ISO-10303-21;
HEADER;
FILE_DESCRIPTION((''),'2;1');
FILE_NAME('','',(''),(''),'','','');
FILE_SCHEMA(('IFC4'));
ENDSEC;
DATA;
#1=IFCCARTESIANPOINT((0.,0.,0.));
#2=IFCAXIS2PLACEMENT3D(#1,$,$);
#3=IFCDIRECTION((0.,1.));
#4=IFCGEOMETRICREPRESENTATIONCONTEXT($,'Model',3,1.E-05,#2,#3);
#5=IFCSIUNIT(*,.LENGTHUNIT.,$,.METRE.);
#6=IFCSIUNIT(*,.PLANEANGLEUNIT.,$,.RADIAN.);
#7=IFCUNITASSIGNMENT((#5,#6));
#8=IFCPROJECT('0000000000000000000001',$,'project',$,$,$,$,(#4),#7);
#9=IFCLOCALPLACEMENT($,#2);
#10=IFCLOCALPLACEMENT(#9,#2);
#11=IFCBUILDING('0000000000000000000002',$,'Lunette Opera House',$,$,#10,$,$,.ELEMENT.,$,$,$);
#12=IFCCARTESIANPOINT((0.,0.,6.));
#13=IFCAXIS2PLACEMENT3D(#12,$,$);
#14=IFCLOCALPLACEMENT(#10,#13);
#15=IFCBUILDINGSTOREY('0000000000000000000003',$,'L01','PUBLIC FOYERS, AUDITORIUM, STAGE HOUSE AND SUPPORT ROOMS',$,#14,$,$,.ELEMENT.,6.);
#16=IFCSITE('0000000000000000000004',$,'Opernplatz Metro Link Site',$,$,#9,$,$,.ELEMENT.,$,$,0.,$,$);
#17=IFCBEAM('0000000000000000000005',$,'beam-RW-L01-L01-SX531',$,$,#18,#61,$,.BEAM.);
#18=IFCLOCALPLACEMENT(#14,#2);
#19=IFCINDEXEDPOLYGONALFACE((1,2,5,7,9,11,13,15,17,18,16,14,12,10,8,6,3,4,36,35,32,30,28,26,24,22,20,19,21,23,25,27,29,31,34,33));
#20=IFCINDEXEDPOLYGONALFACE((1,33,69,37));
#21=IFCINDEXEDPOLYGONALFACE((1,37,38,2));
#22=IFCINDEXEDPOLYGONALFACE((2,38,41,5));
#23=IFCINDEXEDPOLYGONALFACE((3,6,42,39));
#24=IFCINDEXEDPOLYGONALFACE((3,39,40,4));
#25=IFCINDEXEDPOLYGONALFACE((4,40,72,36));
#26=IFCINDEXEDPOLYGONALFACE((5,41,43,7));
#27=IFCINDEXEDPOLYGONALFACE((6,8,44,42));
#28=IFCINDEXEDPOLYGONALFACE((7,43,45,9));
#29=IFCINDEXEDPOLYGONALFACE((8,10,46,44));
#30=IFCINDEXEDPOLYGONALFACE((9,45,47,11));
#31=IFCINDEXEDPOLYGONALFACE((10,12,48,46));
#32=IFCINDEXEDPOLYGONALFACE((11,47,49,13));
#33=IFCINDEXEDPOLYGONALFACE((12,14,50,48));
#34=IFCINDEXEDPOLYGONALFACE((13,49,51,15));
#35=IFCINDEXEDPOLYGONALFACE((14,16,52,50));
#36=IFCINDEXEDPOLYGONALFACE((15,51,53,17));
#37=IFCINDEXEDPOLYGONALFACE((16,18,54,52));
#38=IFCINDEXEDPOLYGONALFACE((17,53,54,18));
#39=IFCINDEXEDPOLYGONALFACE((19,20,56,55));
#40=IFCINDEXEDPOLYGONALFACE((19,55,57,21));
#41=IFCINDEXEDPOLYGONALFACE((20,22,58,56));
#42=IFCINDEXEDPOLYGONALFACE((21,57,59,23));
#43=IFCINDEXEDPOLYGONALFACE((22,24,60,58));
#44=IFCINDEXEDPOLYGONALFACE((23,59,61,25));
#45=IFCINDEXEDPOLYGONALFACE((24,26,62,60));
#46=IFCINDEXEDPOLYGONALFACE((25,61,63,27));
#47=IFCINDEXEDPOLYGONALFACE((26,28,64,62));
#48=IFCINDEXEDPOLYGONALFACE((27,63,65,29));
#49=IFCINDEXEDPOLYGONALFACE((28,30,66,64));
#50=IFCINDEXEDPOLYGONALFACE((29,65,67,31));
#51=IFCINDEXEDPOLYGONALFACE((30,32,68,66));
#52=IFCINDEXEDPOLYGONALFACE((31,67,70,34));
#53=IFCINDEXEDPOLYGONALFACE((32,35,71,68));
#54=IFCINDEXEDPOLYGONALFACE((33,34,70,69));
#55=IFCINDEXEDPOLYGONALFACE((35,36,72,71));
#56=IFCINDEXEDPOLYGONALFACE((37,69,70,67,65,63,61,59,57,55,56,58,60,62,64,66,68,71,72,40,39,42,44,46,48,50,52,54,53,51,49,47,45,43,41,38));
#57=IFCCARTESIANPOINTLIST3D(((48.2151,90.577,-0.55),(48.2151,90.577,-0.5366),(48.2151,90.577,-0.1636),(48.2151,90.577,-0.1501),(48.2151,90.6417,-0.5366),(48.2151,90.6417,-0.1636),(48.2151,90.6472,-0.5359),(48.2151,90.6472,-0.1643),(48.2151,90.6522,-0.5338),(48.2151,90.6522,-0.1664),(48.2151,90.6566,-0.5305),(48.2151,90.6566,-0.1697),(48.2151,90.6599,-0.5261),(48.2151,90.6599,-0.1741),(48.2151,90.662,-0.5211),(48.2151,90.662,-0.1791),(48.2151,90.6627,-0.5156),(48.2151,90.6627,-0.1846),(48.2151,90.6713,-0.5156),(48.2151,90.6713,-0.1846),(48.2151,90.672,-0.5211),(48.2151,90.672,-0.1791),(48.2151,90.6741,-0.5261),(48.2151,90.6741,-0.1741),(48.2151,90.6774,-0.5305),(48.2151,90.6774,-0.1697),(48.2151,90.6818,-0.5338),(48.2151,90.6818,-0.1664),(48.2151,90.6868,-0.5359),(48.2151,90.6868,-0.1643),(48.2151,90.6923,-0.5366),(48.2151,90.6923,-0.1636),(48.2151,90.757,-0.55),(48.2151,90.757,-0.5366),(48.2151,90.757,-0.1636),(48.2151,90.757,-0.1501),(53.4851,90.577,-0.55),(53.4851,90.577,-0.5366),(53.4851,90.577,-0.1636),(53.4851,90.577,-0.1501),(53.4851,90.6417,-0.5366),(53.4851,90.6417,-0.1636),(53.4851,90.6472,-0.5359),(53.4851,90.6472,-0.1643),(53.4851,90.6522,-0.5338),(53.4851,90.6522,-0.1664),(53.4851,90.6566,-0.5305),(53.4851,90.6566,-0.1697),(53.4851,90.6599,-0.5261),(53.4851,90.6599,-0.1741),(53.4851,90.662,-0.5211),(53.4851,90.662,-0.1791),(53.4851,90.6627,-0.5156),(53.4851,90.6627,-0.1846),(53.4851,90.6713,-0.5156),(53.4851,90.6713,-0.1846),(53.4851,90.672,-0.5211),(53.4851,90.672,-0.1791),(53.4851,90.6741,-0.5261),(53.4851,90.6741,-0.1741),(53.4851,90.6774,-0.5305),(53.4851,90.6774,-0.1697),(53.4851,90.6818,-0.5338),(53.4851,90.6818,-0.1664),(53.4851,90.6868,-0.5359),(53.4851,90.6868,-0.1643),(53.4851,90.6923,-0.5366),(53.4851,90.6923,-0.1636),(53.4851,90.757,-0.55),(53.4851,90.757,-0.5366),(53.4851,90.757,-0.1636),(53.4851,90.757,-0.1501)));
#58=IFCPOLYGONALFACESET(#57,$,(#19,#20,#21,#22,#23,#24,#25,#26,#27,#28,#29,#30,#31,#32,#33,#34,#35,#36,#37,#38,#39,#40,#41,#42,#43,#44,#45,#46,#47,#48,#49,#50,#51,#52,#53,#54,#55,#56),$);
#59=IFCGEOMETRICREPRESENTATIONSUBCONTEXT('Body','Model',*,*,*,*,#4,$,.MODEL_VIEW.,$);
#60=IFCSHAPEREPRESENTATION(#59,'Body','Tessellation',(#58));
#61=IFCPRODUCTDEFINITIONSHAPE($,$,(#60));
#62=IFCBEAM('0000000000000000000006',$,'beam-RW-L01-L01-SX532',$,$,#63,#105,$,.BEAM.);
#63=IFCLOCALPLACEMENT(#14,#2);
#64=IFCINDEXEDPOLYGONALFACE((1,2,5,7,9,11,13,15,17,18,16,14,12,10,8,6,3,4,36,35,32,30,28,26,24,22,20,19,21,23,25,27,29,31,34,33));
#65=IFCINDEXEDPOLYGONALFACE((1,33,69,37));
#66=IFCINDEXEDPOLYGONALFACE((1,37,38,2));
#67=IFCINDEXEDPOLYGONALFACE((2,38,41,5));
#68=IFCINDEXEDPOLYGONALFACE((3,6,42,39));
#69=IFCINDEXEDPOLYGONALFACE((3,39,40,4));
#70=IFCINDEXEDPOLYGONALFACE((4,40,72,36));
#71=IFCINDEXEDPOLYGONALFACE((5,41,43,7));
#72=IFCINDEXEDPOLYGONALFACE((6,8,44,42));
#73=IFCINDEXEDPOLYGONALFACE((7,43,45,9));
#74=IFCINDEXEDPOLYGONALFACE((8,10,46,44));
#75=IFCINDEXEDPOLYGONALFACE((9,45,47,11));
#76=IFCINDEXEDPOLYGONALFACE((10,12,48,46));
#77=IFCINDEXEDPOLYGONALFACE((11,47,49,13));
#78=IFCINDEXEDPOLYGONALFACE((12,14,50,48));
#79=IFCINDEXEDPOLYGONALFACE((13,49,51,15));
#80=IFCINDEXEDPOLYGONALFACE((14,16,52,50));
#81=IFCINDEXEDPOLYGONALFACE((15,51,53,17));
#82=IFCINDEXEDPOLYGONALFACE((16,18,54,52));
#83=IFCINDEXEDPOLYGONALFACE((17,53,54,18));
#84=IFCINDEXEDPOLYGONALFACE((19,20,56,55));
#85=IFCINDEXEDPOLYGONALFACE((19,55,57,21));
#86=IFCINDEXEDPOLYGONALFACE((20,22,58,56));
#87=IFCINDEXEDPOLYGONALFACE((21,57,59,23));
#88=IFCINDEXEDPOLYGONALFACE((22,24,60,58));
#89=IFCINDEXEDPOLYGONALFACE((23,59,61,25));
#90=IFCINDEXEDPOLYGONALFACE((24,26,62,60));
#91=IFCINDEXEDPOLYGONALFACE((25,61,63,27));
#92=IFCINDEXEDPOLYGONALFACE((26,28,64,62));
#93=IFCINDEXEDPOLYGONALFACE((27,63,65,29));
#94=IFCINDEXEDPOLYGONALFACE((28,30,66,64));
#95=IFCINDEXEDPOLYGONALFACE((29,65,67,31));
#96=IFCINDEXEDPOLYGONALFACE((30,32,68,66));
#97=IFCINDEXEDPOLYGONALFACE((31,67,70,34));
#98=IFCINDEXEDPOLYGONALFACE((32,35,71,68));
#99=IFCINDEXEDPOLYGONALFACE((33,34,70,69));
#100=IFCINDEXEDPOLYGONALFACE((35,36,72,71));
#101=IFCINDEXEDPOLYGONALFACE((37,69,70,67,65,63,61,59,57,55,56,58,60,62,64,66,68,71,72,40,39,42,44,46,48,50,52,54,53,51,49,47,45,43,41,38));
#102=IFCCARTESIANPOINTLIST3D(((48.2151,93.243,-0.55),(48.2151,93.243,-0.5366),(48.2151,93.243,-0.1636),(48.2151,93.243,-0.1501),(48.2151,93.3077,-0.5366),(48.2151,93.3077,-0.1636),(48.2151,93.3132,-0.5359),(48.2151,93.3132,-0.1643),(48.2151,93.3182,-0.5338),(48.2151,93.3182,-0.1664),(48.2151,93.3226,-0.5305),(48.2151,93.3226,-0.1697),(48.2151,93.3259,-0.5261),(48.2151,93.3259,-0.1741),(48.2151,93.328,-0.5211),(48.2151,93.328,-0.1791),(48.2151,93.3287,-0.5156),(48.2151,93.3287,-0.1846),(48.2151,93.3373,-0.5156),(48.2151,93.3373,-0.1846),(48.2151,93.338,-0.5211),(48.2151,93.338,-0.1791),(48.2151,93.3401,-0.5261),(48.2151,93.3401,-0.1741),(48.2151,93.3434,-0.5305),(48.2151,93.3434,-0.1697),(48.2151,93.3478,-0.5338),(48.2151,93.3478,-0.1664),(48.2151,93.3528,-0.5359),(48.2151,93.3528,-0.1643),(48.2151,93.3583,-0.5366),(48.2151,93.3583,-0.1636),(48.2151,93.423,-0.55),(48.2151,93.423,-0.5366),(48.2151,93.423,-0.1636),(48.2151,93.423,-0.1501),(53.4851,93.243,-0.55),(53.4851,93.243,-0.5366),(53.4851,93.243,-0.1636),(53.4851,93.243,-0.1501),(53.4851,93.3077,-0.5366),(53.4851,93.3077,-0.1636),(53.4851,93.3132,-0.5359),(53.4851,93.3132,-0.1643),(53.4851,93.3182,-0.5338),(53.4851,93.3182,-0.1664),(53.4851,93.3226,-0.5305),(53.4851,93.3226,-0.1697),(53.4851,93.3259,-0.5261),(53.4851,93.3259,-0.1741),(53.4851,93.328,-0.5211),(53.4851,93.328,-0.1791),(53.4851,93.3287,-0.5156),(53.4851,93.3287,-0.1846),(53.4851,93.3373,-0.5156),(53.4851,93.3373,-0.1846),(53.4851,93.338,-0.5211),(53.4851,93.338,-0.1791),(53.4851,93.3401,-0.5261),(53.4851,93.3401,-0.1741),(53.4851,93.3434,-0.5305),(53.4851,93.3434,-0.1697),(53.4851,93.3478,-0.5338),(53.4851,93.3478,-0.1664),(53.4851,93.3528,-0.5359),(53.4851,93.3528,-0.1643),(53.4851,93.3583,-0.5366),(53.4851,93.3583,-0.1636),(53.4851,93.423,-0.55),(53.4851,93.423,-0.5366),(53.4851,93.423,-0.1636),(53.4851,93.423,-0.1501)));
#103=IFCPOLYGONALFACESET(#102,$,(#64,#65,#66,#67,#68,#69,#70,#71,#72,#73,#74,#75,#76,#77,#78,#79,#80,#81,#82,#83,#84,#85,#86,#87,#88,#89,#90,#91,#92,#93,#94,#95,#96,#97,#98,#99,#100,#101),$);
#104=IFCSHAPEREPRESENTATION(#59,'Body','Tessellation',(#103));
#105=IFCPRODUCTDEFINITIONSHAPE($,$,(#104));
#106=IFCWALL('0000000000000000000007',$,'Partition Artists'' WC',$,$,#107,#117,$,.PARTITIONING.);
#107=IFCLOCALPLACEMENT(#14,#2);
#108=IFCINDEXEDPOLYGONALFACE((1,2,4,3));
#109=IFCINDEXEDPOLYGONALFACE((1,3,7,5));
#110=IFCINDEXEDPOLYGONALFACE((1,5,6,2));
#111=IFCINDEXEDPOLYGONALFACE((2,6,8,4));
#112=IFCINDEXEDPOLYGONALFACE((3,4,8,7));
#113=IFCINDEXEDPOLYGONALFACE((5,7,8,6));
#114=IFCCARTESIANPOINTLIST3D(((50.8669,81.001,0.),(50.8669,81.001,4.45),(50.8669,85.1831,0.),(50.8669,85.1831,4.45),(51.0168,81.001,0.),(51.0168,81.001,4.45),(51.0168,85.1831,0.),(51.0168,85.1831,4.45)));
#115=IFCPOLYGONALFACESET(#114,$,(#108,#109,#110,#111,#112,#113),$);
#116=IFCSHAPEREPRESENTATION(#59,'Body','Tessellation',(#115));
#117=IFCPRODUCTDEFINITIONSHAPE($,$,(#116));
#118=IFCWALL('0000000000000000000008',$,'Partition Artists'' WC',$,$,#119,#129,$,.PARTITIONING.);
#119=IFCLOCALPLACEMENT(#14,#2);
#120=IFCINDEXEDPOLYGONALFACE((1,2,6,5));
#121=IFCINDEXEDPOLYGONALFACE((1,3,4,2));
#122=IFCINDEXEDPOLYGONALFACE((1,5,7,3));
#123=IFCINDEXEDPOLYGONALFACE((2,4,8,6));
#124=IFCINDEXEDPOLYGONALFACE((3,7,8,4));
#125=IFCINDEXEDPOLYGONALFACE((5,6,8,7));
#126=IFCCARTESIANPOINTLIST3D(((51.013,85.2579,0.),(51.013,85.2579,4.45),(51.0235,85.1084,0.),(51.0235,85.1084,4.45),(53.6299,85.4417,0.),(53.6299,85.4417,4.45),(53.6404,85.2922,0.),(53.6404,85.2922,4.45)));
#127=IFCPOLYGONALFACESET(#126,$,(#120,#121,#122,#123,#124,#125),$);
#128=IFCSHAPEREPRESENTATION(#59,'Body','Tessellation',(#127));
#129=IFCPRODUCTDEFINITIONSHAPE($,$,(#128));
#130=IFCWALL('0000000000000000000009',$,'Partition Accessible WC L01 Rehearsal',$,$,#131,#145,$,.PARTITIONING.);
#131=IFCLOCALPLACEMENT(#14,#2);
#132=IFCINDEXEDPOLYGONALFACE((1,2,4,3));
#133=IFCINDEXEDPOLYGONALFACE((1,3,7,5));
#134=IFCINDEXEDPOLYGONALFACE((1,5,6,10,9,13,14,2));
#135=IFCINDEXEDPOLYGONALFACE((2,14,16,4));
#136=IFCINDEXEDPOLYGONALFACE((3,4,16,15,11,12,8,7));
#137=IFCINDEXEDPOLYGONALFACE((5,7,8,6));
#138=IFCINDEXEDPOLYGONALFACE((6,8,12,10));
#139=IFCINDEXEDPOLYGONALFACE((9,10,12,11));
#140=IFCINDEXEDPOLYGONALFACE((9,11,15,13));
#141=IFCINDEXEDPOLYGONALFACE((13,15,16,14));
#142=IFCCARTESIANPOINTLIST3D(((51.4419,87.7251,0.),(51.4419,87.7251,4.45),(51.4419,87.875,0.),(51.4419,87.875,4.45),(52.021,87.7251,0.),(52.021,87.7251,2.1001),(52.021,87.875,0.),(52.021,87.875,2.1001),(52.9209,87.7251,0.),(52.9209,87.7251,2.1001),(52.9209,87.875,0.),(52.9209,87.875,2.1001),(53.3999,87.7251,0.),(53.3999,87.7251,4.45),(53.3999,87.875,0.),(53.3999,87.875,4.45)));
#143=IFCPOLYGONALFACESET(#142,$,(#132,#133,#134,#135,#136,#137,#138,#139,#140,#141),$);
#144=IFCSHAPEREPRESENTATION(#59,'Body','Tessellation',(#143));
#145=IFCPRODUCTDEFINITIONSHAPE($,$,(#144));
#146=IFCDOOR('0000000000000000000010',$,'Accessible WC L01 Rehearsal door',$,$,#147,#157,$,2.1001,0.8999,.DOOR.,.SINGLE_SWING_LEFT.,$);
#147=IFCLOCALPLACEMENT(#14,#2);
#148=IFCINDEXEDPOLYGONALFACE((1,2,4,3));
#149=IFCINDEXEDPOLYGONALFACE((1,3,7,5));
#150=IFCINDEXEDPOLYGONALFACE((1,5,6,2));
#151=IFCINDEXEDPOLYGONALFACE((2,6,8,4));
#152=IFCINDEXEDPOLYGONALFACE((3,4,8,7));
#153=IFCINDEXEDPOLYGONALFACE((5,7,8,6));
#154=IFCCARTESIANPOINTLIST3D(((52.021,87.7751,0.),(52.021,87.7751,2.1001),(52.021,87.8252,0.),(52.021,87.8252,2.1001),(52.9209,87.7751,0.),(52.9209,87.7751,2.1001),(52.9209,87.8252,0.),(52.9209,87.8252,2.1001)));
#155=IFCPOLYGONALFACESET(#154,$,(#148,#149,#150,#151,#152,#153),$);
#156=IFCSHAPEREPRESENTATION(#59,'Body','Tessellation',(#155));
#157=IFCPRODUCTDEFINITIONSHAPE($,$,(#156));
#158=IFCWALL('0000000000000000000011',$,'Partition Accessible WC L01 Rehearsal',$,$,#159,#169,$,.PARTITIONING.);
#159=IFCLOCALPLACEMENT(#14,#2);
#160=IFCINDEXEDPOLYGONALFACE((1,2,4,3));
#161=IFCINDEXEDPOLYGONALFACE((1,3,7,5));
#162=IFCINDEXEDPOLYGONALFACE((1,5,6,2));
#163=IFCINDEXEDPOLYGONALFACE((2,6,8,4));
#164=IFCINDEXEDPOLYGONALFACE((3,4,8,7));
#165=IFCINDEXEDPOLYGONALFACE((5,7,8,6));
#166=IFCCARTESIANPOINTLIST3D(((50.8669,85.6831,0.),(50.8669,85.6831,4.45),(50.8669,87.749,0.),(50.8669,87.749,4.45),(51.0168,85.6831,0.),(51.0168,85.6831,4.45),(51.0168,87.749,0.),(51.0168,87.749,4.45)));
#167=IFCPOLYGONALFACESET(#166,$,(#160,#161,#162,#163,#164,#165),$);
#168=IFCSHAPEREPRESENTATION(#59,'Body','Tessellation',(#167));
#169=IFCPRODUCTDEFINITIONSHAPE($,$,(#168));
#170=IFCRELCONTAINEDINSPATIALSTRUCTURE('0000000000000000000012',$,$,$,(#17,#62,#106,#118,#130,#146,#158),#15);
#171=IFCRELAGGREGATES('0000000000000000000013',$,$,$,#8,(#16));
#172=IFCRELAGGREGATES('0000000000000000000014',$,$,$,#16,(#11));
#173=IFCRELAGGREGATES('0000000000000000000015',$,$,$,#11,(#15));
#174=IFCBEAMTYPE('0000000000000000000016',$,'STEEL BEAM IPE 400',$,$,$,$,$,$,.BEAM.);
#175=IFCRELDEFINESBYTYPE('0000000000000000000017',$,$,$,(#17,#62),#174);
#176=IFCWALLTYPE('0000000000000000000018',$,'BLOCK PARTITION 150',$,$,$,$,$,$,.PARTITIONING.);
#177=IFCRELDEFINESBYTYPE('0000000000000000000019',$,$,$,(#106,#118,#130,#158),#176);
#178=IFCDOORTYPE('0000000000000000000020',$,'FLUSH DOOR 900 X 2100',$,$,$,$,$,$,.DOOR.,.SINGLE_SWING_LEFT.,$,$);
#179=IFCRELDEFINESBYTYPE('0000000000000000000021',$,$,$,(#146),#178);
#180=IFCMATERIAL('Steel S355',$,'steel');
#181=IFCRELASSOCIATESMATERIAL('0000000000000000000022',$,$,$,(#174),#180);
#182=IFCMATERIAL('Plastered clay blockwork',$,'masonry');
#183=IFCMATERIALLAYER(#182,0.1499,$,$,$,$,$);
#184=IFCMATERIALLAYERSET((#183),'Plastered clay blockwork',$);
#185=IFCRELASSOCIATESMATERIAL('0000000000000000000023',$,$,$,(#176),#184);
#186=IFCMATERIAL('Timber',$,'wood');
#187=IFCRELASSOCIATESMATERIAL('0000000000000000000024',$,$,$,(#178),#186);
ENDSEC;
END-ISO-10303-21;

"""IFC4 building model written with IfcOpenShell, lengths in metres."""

from ifc_helpers import new_model, si_unit, direction, frame, frame_2d, origin, origin_2d, place, context, subcontext, project, spatial, rectangle, i_section, extrude, material, layer, layer_set, material_profile, profile_set, type_object, element, fill, save


model = new_model("IFC4")

# Units and contexts
model_context = context("Model", 3, precision=1e-05, world=origin(), true_north=direction((0.0, 1.0)))
body_context = subcontext(model_context, "Body", "Model", "MODEL_VIEW")
ifc_project = project(units=[si_unit("LENGTHUNIT", "METRE"), si_unit("PLANEANGLEUNIT", "RADIAN")], contexts=[model_context])

# Site, building, storey
site_placement = place(None, origin())
site = spatial("IfcSite", under=ifc_project, at=site_placement, Name="Opernplatz Metro Link Site", CompositionType="ELEMENT", RefElevation=0.0)
building_placement = place(site_placement, origin())
building = spatial("IfcBuilding", under=site, at=building_placement, Name="Lunette Opera House", CompositionType="ELEMENT")
storey_placement = place(building_placement, frame((0.0, 0.0, 6.0)))
storey = spatial("IfcBuildingStorey", under=building, at=storey_placement, Name="L01", Description="PUBLIC FOYERS, AUDITORIUM, STAGE HOUSE AND SUPPORT ROOMS", CompositionType="ELEMENT", Elevation=6.0)

# Beams
ifc_material_1 = material(Name="Steel S355", Category="steel")
ifc_material_profile_1 = material_profile(ifc_material_1, i_section(OverallWidth=0.1799, OverallDepth=0.3999, WebThickness=0.0085, FlangeThickness=0.0134, FilletRadius=0.021, at=origin_2d()), Name="IPE 400")
ifc_profile_set_1 = profile_set([ifc_material_profile_1], Name="Steel S355")
beam_type_1 = type_object("IfcBeamType", Name="STEEL BEAM IPE 400", PredefinedType="BEAM", material=ifc_profile_set_1)
for number, where, z_axis, x_axis, name in (
    (1, (48.2151, 90.667, -0.3501), (1.0, 0.0, 0.0), (0.0, 1.0, 0.0), "beam-RW-L01-L01-SX531"),
    (2, (48.2151, 93.333, -0.3501), (1.0, 0.0, 0.0), (0.0, 1.0, 0.0), "beam-RW-L01-L01-SX532"),
):
    element("IfcBeam", number, at=place(storey_placement, frame(where, z_axis=z_axis, x_axis=x_axis)), inside=storey, type_object=beam_type_1, Name=name, PredefinedType="BEAM", context=body_context, shape_type="SweptSolid", body=[
        extrude(i_section(OverallWidth=0.1799, OverallDepth=0.3999, WebThickness=0.0085, FlangeThickness=0.0134, FilletRadius=0.021, at=origin_2d()), origin(), (0.0, 0.0, 1.0), 5.27),
    ])

# Walls
ifc_material_2 = material(Name="Plastered clay blockwork", Category="masonry")
ifc_layer_1 = layer(ifc_material_2, 0.1499)
ifc_layer_set_1 = layer_set([ifc_layer_1], Name="Plastered clay blockwork")
wall_type_1 = type_object("IfcWallType", Name="BLOCK PARTITION 150", PredefinedType="PARTITIONING", material=ifc_layer_set_1)
wall_1_placement = place(storey_placement, frame((50.9419, 85.1831, 0.0), z_axis=(0.0, 0.0, 1.0), x_axis=(0.0, -1.0, 0.0)))
element("IfcWall", 3, at=wall_1_placement, inside=storey, type_object=wall_type_1, Name="Partition Artists' WC", PredefinedType="PARTITIONING", context=body_context, shape_type="SweptSolid", body=[
    extrude(rectangle(XDim=4.1821, YDim=0.1499, at=frame_2d((2.0911, 0.0))), origin(), (0.0, 0.0, 1.0), 4.45),
])
wall_2_placement = place(storey_placement, frame((53.635, 85.3669, 0.0), z_axis=(0.0, 0.0, 1.0), x_axis=(-0.997542, -0.070076, 0.0)))
element("IfcWall", 4, at=wall_2_placement, inside=storey, type_object=wall_type_1, Name="Partition Artists' WC", PredefinedType="PARTITIONING", context=body_context, shape_type="SweptSolid", body=[
    extrude(rectangle(XDim=2.6233, YDim=0.1499, at=frame_2d((1.3115, 0.0))), origin(), (0.0, 0.0, 1.0), 4.45),
])

# Wall, opening, door
wall_3_placement = place(storey_placement, frame((53.3999, 87.8, 0.0), z_axis=(0.0, 0.0, 1.0), x_axis=(-1.0, 0.0, 0.0)))
wall_3 = element("IfcWall", 5, at=wall_3_placement, inside=storey, type_object=wall_type_1, Name="Partition Accessible WC L01 Rehearsal", PredefinedType="PARTITIONING", context=body_context, shape_type="SweptSolid", body=[
    extrude(rectangle(XDim=1.958, YDim=0.1499, at=frame_2d((0.979, 0.0))), origin(), (0.0, 0.0, 1.0), 4.45),
])
opening_1_placement = place(wall_3_placement, frame((0.479, 0.0, 0.0)))
opening_1 = element("IfcOpeningElement", 6, at=opening_1_placement, cuts=wall_3, PredefinedType="OPENING", context=body_context, shape_type="SweptSolid", body=[
    extrude(rectangle(XDim=0.8999, YDim=2.1001, at=frame_2d((0.45, 1.05))), frame((0.0, 0.0869, 0.0), z_axis=(0.0, -1.0, 0.0), x_axis=(1.0, 0.0, 0.0)), (0.0, 0.0, 1.0), 0.1738),
])
ifc_material_3 = material(Name="Timber", Category="wood")
door_type_1 = type_object("IfcDoorType", Name="FLUSH DOOR 900 X 2100", OperationType="SINGLE_SWING_LEFT", PredefinedType="DOOR", material=ifc_material_3)
door_1_placement = place(opening_1_placement, origin())
door_1 = element("IfcDoor", 7, at=door_1_placement, inside=storey, type_object=door_type_1, Name="Accessible WC L01 Rehearsal door", OperationType="SINGLE_SWING_LEFT", OverallHeight=2.1001, OverallWidth=0.8999, PredefinedType="DOOR", context=body_context, shape_type="SweptSolid", body=[
    extrude(rectangle(XDim=0.8999, YDim=2.1001, at=frame_2d((0.45, 1.05))), frame((0.0, 0.0249, 0.0), z_axis=(0.0, -1.0, 0.0), x_axis=(1.0, 0.0, 0.0)), (0.0, 0.0, 1.0), 0.05),
])
fill(opening_1, door_1)

# Wall
wall_4_placement = place(storey_placement, frame((50.9419, 87.749, 0.0), z_axis=(0.0, 0.0, 1.0), x_axis=(0.0, -1.0, 0.0)))
element("IfcWall", 8, at=wall_4_placement, inside=storey, type_object=wall_type_1, Name="Partition Accessible WC L01 Rehearsal", PredefinedType="PARTITIONING", context=body_context, shape_type="SweptSolid", body=[
    extrude(rectangle(XDim=2.0659, YDim=0.1499, at=frame_2d((1.033, 0.0))), origin(), (0.0, 0.0, 1.0), 4.45),
])

save(model, "model.ifc")
